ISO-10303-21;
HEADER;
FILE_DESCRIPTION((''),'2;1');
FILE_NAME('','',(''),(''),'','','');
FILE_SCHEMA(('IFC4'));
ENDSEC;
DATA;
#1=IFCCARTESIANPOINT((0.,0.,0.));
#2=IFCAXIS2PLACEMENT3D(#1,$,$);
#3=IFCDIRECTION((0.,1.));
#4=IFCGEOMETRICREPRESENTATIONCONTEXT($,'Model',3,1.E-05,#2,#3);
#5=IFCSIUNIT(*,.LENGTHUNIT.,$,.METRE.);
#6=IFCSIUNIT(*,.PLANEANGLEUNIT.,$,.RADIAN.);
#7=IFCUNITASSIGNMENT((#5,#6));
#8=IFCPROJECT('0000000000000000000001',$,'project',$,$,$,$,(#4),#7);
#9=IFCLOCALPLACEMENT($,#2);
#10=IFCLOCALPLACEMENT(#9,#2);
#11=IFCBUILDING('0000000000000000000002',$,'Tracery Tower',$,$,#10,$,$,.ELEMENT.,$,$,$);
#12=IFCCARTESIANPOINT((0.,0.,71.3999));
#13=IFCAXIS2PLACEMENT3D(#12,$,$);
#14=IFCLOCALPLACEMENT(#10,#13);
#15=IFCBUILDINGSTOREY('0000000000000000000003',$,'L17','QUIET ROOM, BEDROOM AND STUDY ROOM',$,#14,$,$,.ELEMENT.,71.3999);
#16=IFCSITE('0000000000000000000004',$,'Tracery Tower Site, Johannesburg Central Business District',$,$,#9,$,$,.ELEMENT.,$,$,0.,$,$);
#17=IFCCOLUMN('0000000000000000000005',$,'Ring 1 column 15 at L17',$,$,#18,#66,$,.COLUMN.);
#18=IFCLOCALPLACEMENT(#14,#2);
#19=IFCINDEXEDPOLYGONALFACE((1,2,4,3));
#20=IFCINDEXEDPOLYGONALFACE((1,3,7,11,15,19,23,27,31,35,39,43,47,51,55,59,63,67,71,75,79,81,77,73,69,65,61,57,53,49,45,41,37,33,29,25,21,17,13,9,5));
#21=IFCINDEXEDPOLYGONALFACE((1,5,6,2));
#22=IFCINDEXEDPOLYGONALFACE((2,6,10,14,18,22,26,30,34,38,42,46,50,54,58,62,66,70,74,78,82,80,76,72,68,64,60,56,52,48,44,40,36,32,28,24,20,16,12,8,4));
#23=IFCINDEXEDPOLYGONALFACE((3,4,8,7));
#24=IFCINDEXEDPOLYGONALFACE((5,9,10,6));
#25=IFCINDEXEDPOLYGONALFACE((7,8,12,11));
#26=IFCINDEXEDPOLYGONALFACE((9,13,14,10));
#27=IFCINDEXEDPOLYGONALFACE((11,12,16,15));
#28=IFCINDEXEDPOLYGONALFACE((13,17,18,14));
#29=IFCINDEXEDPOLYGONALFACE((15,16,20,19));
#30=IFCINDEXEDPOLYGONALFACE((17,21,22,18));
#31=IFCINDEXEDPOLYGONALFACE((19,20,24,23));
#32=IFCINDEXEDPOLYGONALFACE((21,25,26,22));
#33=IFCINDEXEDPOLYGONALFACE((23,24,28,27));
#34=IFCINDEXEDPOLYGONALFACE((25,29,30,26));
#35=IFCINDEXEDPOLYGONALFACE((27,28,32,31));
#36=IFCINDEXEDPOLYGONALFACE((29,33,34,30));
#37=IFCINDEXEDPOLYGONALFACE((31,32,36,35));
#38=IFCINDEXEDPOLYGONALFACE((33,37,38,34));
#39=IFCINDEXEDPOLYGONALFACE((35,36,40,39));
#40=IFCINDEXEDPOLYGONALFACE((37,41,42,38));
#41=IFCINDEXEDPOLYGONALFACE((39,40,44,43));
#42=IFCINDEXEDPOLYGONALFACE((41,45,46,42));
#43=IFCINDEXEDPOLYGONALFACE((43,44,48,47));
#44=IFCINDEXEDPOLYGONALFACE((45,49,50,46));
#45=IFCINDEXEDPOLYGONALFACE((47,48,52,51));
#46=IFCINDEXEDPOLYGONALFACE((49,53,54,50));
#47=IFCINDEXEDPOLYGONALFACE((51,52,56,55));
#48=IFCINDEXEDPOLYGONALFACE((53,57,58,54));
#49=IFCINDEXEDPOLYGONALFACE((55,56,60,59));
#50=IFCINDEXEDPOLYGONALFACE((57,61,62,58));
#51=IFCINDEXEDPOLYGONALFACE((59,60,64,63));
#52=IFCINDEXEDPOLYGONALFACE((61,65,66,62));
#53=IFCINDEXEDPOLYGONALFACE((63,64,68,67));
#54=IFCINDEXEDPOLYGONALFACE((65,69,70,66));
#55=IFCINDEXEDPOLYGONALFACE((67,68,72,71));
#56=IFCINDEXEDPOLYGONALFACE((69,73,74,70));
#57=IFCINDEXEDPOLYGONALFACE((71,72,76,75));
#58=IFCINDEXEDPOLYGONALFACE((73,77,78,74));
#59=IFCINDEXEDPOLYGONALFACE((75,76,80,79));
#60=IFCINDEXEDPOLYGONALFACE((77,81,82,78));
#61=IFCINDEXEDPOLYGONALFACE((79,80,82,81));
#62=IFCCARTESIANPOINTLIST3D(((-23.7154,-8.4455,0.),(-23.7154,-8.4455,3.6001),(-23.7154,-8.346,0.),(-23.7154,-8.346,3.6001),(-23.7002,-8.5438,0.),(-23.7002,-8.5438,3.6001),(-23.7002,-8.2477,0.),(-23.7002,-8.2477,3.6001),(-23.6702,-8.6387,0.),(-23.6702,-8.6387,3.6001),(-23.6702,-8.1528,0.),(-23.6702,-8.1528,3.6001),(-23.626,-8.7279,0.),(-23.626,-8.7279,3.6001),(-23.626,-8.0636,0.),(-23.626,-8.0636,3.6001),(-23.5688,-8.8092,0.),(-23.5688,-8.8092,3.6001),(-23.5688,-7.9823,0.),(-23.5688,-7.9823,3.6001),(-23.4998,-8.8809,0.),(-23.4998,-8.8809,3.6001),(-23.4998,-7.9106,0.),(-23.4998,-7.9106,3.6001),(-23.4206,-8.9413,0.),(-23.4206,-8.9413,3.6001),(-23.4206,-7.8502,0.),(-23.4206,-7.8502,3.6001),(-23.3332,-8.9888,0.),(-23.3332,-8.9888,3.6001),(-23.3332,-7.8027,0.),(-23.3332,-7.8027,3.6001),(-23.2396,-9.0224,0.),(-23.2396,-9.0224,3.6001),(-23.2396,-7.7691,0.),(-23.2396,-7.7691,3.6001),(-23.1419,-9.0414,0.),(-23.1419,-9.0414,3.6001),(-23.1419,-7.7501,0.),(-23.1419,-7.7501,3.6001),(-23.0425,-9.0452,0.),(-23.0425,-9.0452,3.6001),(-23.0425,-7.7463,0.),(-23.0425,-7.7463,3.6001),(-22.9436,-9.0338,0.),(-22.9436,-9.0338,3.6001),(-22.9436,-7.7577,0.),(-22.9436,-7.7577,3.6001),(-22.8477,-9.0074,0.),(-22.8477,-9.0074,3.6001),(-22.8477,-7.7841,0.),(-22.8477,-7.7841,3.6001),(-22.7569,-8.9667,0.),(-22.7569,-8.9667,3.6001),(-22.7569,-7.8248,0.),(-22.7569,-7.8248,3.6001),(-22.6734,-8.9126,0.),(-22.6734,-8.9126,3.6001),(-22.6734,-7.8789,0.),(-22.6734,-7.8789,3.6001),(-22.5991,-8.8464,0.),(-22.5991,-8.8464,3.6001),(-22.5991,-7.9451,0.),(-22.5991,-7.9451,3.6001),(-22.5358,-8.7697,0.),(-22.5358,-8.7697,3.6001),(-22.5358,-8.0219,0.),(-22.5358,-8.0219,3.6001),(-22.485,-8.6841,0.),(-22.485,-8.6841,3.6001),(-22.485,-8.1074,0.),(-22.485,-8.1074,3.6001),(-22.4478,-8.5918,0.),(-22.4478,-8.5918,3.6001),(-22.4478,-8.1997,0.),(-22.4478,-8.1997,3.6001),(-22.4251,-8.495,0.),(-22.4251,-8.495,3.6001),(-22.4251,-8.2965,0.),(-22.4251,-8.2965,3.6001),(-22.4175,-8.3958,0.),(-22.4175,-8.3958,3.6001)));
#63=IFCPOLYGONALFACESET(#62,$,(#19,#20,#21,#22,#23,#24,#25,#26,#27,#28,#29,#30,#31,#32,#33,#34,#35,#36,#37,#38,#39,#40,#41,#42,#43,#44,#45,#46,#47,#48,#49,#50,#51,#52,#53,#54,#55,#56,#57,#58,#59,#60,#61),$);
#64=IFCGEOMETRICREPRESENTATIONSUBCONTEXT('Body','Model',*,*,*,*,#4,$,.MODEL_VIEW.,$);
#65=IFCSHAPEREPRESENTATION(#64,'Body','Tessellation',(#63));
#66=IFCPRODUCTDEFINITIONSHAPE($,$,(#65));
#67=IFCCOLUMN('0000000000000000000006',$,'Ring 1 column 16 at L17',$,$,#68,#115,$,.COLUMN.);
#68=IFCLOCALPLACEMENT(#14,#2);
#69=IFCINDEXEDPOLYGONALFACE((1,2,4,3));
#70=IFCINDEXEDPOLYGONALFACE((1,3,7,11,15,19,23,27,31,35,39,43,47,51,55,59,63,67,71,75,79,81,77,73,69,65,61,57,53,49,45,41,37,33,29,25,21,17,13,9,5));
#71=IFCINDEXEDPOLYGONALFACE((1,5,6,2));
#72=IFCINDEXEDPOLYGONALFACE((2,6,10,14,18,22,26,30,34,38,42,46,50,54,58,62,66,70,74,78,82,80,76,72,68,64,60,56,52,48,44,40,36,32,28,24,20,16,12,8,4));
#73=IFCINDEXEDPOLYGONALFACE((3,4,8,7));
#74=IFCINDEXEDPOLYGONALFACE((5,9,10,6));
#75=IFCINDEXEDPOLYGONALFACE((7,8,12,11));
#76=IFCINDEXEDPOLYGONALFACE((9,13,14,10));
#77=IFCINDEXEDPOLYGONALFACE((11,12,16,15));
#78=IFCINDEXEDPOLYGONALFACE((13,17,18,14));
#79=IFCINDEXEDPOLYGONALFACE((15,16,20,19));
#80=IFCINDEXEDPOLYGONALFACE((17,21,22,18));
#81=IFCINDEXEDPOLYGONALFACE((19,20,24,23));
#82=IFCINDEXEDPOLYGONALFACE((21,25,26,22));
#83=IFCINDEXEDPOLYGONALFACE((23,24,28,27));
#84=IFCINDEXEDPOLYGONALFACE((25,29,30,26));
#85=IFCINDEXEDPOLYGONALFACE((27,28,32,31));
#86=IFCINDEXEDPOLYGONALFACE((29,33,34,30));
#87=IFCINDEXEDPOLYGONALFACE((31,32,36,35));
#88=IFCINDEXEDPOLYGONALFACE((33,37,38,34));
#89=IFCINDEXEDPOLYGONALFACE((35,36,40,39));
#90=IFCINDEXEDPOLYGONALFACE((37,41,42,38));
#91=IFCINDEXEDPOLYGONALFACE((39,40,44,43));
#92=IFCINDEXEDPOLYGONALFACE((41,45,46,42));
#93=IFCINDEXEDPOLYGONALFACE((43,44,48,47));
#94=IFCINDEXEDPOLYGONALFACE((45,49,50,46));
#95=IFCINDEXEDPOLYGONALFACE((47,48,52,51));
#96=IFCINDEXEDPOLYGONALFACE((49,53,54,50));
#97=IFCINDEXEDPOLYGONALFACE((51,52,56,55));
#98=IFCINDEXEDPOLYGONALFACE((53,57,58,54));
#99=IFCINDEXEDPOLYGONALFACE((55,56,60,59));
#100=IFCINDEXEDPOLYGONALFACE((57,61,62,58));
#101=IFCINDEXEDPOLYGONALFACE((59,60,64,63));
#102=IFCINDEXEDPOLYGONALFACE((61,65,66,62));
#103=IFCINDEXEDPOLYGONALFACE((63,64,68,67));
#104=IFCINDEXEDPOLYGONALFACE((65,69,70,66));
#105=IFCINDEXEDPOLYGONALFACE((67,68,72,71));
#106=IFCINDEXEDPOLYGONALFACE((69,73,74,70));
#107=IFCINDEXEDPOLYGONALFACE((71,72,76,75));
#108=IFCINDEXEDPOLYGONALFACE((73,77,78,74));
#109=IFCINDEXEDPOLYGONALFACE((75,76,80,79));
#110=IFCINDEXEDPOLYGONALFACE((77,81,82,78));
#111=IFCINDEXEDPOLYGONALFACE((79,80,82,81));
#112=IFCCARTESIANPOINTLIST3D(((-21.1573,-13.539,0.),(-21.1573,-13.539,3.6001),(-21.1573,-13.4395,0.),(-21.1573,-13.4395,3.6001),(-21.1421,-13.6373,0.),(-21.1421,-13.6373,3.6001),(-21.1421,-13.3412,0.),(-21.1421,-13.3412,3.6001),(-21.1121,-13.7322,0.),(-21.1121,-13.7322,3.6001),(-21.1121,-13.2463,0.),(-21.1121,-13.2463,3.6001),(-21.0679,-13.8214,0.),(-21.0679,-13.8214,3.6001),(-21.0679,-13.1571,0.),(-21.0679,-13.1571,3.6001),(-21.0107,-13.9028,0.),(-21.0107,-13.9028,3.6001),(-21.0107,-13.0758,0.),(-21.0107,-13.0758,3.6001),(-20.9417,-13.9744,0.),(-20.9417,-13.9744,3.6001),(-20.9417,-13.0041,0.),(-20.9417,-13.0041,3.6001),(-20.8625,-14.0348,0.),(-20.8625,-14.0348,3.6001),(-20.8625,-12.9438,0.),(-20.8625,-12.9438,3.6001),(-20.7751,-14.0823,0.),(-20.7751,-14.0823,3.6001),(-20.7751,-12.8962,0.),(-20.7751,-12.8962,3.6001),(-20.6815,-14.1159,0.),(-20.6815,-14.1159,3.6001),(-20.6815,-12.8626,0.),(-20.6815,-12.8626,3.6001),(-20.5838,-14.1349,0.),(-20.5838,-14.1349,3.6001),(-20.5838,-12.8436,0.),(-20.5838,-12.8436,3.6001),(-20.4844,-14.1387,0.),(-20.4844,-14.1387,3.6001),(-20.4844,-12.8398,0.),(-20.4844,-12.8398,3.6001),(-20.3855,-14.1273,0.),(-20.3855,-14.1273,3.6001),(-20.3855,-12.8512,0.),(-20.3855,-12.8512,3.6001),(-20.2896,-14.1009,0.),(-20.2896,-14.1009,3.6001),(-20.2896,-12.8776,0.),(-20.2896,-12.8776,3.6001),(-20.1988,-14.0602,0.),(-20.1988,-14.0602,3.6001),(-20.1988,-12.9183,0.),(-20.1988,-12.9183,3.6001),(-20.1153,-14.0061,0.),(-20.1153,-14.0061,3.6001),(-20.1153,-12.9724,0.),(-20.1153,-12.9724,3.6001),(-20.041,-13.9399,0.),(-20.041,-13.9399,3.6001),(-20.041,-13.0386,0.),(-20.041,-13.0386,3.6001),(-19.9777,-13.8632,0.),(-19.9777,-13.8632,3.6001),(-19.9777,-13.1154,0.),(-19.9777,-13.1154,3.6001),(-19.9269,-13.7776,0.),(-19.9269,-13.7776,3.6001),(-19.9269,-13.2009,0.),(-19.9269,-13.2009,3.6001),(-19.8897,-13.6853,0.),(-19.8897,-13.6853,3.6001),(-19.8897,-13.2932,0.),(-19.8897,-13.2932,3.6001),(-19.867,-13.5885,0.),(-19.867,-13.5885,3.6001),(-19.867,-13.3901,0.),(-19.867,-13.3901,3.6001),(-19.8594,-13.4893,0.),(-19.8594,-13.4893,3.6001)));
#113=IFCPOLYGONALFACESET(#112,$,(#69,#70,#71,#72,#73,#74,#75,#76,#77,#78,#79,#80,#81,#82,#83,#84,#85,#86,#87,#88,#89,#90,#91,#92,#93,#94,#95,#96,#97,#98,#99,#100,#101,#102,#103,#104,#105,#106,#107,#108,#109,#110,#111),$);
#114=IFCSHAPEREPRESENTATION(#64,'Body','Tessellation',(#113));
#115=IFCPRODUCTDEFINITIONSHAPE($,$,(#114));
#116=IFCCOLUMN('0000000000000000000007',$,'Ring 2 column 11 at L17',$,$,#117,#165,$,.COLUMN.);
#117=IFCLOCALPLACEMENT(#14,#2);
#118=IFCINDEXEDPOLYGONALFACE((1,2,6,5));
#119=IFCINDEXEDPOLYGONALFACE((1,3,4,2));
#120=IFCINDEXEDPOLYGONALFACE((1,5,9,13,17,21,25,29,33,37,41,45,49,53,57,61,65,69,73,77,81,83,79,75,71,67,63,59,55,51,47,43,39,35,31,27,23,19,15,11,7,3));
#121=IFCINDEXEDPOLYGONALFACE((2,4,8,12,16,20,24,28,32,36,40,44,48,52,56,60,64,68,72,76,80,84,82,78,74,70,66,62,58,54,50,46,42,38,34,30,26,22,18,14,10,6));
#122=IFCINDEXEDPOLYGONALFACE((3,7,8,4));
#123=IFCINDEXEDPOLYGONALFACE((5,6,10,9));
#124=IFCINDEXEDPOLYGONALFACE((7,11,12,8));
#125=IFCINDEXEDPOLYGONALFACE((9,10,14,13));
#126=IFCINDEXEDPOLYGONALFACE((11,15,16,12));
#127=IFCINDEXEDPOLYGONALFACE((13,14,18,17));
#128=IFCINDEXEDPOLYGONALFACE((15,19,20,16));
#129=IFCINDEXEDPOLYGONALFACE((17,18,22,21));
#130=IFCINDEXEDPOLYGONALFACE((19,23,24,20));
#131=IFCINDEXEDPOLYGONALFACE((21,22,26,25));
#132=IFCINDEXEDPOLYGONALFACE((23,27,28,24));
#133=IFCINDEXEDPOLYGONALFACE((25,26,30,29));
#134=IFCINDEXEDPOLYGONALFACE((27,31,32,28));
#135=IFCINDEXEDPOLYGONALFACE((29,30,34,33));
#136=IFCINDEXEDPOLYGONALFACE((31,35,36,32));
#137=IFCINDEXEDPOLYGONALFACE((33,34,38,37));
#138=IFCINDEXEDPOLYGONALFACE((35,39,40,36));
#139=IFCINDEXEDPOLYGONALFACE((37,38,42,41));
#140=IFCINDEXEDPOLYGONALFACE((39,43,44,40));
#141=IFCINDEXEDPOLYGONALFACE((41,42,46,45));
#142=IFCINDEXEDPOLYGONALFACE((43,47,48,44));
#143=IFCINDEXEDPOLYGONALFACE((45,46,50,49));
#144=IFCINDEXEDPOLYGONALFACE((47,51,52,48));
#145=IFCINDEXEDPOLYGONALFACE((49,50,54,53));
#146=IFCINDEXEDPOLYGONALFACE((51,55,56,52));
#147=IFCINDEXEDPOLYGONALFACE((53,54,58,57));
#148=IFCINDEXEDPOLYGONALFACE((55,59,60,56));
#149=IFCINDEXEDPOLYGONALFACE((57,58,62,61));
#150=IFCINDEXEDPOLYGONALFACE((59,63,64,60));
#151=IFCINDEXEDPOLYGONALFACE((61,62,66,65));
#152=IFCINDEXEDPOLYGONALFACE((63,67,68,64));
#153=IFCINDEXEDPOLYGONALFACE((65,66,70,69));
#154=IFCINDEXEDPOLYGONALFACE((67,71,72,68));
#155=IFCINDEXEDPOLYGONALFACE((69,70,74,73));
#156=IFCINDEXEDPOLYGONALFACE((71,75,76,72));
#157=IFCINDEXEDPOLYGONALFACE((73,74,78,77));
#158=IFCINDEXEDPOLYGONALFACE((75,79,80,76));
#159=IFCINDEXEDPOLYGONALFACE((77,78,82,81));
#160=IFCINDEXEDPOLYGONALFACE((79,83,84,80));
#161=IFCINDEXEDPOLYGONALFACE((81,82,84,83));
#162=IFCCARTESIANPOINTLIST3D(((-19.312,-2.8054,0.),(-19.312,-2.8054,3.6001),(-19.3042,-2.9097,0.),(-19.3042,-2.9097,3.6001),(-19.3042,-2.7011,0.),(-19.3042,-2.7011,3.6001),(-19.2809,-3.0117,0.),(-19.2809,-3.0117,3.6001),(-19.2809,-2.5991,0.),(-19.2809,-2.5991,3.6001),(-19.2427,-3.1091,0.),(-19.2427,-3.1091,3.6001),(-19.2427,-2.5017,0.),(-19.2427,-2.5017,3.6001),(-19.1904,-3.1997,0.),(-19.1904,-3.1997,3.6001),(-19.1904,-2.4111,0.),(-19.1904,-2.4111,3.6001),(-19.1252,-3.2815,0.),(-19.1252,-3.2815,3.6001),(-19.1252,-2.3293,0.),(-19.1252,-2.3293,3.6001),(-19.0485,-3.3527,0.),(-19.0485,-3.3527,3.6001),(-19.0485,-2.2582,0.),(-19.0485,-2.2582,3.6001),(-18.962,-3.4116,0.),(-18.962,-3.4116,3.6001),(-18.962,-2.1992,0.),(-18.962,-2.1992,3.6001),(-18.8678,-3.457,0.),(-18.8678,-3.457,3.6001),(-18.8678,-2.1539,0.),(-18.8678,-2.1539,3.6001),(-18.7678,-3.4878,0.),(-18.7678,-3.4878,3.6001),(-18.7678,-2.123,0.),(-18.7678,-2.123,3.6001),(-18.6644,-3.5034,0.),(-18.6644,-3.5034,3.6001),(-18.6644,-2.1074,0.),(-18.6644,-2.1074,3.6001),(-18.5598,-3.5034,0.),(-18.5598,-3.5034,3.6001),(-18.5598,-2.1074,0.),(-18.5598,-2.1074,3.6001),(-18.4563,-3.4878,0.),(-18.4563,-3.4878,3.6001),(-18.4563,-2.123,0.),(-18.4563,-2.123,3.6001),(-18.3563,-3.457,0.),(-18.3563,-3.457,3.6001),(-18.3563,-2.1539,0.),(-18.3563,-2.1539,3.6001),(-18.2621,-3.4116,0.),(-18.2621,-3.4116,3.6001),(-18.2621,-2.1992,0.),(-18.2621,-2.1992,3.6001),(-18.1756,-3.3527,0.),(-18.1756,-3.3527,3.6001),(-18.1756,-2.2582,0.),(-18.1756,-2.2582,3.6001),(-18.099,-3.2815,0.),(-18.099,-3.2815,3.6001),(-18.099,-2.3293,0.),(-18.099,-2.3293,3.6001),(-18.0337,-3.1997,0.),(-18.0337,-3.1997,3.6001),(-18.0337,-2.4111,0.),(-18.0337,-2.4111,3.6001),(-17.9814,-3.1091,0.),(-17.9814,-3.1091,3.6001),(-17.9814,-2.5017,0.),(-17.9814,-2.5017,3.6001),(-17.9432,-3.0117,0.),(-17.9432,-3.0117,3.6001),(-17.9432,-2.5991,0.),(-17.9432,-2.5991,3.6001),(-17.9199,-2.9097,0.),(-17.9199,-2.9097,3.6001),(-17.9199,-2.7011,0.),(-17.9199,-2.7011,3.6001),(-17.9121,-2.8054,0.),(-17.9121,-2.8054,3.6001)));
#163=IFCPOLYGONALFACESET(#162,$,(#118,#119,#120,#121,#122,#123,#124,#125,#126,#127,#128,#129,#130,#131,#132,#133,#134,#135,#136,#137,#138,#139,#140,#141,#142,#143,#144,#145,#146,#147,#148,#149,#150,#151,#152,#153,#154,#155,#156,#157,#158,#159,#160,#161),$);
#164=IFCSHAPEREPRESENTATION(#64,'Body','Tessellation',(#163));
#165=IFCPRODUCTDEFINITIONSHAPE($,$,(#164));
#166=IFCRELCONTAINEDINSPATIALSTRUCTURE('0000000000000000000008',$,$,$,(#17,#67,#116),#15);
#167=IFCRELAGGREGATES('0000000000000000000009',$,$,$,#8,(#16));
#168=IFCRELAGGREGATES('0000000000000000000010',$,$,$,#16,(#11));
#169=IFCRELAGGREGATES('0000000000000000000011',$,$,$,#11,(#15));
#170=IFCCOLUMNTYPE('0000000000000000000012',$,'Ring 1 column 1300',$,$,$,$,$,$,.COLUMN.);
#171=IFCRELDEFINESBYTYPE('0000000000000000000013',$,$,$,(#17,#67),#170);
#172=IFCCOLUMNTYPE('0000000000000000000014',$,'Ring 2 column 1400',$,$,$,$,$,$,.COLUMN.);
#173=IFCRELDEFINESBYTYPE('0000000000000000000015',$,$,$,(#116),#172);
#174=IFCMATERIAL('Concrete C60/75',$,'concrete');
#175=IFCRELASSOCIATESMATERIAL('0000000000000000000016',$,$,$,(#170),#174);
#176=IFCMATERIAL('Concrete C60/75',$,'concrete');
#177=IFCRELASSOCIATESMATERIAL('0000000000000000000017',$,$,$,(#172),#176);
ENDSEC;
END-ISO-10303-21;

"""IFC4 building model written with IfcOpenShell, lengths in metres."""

from ifc_helpers import new_model, si_unit, direction, frame, origin, origin_2d, place, context, subcontext, project, spatial, circle, extrude, material, material_profile, profile_set, type_object, element, save


model = new_model("IFC4")

# Units and contexts
model_context = context("Model", 3, precision=1e-05, world=origin(), true_north=direction((0.0, 1.0)))
body_context = subcontext(model_context, "Body", "Model", "MODEL_VIEW")
ifc_project = project(units=[si_unit("LENGTHUNIT", "METRE"), si_unit("PLANEANGLEUNIT", "RADIAN")], contexts=[model_context])

# Site, building, storey
site_placement = place(None, origin())
site = spatial("IfcSite", under=ifc_project, at=site_placement, Name="Tracery Tower Site, Johannesburg Central Business District", CompositionType="ELEMENT", RefElevation=0.0)
building_placement = place(site_placement, origin())
building = spatial("IfcBuilding", under=site, at=building_placement, Name="Tracery Tower", CompositionType="ELEMENT")
storey_placement = place(building_placement, frame((0.0, 0.0, 71.3999)))
storey = spatial("IfcBuildingStorey", under=building, at=storey_placement, Name="L17", Description="QUIET ROOM, BEDROOM AND STUDY ROOM", CompositionType="ELEMENT", Elevation=71.3999)

# Columns
ifc_material_1 = material(Name="Concrete C60/75", Category="concrete")
ifc_material_profile_1 = material_profile(ifc_material_1, circle(Radius=0.6499, at=origin_2d()), Name="RC D1300")
ifc_profile_set_1 = profile_set([ifc_material_profile_1], Name="Concrete C60/75")
column_type_1 = type_object("IfcColumnType", Name="Ring 1 column 1300", PredefinedType="COLUMN", material=ifc_profile_set_1)
for number, where, z_axis, x_axis, name in (
    (1, (-23.0674, -8.3958, 0.0), (0.0, 0.0, 1.0), (1.0, 0.0, 0.0), "Ring 1 column 15 at L17"),
    (2, (-20.5093, -13.4893, 0.0), (0.0, 0.0, 1.0), (1.0, 0.0, 0.0), "Ring 1 column 16 at L17"),
):
    element("IfcColumn", number, at=place(storey_placement, frame(where, z_axis=z_axis, x_axis=x_axis)), inside=storey, type_object=column_type_1, Name=name, PredefinedType="COLUMN", context=body_context, shape_type="SweptSolid", body=[
        extrude(circle(Radius=0.6499, at=origin_2d()), origin(), (0.0, 0.0, 1.0), 3.6001),
    ])
ifc_material_2 = material(Name="Concrete C60/75", Category="concrete")
ifc_material_profile_2 = material_profile(ifc_material_2, circle(Radius=0.7, at=origin_2d()), Name="RC D1400")
ifc_profile_set_2 = profile_set([ifc_material_profile_2], Name="Concrete C60/75")
column_type_2 = type_object("IfcColumnType", Name="Ring 2 column 1400", PredefinedType="COLUMN", material=ifc_profile_set_2)
for number, where, z_axis, x_axis, name in (
    (3, (-18.6121, -2.8054, 0.0), (0.0, 0.0, 1.0), (1.0, 0.0, 0.0), "Ring 2 column 11 at L17"),
):
    element("IfcColumn", number, at=place(storey_placement, frame(where, z_axis=z_axis, x_axis=x_axis)), inside=storey, type_object=column_type_2, Name=name, PredefinedType="COLUMN", context=body_context, shape_type="SweptSolid", body=[
        extrude(circle(Radius=0.7, at=origin_2d()), origin(), (0.0, 0.0, 1.0), 3.6001),
    ])

save(model, "model.ifc")
